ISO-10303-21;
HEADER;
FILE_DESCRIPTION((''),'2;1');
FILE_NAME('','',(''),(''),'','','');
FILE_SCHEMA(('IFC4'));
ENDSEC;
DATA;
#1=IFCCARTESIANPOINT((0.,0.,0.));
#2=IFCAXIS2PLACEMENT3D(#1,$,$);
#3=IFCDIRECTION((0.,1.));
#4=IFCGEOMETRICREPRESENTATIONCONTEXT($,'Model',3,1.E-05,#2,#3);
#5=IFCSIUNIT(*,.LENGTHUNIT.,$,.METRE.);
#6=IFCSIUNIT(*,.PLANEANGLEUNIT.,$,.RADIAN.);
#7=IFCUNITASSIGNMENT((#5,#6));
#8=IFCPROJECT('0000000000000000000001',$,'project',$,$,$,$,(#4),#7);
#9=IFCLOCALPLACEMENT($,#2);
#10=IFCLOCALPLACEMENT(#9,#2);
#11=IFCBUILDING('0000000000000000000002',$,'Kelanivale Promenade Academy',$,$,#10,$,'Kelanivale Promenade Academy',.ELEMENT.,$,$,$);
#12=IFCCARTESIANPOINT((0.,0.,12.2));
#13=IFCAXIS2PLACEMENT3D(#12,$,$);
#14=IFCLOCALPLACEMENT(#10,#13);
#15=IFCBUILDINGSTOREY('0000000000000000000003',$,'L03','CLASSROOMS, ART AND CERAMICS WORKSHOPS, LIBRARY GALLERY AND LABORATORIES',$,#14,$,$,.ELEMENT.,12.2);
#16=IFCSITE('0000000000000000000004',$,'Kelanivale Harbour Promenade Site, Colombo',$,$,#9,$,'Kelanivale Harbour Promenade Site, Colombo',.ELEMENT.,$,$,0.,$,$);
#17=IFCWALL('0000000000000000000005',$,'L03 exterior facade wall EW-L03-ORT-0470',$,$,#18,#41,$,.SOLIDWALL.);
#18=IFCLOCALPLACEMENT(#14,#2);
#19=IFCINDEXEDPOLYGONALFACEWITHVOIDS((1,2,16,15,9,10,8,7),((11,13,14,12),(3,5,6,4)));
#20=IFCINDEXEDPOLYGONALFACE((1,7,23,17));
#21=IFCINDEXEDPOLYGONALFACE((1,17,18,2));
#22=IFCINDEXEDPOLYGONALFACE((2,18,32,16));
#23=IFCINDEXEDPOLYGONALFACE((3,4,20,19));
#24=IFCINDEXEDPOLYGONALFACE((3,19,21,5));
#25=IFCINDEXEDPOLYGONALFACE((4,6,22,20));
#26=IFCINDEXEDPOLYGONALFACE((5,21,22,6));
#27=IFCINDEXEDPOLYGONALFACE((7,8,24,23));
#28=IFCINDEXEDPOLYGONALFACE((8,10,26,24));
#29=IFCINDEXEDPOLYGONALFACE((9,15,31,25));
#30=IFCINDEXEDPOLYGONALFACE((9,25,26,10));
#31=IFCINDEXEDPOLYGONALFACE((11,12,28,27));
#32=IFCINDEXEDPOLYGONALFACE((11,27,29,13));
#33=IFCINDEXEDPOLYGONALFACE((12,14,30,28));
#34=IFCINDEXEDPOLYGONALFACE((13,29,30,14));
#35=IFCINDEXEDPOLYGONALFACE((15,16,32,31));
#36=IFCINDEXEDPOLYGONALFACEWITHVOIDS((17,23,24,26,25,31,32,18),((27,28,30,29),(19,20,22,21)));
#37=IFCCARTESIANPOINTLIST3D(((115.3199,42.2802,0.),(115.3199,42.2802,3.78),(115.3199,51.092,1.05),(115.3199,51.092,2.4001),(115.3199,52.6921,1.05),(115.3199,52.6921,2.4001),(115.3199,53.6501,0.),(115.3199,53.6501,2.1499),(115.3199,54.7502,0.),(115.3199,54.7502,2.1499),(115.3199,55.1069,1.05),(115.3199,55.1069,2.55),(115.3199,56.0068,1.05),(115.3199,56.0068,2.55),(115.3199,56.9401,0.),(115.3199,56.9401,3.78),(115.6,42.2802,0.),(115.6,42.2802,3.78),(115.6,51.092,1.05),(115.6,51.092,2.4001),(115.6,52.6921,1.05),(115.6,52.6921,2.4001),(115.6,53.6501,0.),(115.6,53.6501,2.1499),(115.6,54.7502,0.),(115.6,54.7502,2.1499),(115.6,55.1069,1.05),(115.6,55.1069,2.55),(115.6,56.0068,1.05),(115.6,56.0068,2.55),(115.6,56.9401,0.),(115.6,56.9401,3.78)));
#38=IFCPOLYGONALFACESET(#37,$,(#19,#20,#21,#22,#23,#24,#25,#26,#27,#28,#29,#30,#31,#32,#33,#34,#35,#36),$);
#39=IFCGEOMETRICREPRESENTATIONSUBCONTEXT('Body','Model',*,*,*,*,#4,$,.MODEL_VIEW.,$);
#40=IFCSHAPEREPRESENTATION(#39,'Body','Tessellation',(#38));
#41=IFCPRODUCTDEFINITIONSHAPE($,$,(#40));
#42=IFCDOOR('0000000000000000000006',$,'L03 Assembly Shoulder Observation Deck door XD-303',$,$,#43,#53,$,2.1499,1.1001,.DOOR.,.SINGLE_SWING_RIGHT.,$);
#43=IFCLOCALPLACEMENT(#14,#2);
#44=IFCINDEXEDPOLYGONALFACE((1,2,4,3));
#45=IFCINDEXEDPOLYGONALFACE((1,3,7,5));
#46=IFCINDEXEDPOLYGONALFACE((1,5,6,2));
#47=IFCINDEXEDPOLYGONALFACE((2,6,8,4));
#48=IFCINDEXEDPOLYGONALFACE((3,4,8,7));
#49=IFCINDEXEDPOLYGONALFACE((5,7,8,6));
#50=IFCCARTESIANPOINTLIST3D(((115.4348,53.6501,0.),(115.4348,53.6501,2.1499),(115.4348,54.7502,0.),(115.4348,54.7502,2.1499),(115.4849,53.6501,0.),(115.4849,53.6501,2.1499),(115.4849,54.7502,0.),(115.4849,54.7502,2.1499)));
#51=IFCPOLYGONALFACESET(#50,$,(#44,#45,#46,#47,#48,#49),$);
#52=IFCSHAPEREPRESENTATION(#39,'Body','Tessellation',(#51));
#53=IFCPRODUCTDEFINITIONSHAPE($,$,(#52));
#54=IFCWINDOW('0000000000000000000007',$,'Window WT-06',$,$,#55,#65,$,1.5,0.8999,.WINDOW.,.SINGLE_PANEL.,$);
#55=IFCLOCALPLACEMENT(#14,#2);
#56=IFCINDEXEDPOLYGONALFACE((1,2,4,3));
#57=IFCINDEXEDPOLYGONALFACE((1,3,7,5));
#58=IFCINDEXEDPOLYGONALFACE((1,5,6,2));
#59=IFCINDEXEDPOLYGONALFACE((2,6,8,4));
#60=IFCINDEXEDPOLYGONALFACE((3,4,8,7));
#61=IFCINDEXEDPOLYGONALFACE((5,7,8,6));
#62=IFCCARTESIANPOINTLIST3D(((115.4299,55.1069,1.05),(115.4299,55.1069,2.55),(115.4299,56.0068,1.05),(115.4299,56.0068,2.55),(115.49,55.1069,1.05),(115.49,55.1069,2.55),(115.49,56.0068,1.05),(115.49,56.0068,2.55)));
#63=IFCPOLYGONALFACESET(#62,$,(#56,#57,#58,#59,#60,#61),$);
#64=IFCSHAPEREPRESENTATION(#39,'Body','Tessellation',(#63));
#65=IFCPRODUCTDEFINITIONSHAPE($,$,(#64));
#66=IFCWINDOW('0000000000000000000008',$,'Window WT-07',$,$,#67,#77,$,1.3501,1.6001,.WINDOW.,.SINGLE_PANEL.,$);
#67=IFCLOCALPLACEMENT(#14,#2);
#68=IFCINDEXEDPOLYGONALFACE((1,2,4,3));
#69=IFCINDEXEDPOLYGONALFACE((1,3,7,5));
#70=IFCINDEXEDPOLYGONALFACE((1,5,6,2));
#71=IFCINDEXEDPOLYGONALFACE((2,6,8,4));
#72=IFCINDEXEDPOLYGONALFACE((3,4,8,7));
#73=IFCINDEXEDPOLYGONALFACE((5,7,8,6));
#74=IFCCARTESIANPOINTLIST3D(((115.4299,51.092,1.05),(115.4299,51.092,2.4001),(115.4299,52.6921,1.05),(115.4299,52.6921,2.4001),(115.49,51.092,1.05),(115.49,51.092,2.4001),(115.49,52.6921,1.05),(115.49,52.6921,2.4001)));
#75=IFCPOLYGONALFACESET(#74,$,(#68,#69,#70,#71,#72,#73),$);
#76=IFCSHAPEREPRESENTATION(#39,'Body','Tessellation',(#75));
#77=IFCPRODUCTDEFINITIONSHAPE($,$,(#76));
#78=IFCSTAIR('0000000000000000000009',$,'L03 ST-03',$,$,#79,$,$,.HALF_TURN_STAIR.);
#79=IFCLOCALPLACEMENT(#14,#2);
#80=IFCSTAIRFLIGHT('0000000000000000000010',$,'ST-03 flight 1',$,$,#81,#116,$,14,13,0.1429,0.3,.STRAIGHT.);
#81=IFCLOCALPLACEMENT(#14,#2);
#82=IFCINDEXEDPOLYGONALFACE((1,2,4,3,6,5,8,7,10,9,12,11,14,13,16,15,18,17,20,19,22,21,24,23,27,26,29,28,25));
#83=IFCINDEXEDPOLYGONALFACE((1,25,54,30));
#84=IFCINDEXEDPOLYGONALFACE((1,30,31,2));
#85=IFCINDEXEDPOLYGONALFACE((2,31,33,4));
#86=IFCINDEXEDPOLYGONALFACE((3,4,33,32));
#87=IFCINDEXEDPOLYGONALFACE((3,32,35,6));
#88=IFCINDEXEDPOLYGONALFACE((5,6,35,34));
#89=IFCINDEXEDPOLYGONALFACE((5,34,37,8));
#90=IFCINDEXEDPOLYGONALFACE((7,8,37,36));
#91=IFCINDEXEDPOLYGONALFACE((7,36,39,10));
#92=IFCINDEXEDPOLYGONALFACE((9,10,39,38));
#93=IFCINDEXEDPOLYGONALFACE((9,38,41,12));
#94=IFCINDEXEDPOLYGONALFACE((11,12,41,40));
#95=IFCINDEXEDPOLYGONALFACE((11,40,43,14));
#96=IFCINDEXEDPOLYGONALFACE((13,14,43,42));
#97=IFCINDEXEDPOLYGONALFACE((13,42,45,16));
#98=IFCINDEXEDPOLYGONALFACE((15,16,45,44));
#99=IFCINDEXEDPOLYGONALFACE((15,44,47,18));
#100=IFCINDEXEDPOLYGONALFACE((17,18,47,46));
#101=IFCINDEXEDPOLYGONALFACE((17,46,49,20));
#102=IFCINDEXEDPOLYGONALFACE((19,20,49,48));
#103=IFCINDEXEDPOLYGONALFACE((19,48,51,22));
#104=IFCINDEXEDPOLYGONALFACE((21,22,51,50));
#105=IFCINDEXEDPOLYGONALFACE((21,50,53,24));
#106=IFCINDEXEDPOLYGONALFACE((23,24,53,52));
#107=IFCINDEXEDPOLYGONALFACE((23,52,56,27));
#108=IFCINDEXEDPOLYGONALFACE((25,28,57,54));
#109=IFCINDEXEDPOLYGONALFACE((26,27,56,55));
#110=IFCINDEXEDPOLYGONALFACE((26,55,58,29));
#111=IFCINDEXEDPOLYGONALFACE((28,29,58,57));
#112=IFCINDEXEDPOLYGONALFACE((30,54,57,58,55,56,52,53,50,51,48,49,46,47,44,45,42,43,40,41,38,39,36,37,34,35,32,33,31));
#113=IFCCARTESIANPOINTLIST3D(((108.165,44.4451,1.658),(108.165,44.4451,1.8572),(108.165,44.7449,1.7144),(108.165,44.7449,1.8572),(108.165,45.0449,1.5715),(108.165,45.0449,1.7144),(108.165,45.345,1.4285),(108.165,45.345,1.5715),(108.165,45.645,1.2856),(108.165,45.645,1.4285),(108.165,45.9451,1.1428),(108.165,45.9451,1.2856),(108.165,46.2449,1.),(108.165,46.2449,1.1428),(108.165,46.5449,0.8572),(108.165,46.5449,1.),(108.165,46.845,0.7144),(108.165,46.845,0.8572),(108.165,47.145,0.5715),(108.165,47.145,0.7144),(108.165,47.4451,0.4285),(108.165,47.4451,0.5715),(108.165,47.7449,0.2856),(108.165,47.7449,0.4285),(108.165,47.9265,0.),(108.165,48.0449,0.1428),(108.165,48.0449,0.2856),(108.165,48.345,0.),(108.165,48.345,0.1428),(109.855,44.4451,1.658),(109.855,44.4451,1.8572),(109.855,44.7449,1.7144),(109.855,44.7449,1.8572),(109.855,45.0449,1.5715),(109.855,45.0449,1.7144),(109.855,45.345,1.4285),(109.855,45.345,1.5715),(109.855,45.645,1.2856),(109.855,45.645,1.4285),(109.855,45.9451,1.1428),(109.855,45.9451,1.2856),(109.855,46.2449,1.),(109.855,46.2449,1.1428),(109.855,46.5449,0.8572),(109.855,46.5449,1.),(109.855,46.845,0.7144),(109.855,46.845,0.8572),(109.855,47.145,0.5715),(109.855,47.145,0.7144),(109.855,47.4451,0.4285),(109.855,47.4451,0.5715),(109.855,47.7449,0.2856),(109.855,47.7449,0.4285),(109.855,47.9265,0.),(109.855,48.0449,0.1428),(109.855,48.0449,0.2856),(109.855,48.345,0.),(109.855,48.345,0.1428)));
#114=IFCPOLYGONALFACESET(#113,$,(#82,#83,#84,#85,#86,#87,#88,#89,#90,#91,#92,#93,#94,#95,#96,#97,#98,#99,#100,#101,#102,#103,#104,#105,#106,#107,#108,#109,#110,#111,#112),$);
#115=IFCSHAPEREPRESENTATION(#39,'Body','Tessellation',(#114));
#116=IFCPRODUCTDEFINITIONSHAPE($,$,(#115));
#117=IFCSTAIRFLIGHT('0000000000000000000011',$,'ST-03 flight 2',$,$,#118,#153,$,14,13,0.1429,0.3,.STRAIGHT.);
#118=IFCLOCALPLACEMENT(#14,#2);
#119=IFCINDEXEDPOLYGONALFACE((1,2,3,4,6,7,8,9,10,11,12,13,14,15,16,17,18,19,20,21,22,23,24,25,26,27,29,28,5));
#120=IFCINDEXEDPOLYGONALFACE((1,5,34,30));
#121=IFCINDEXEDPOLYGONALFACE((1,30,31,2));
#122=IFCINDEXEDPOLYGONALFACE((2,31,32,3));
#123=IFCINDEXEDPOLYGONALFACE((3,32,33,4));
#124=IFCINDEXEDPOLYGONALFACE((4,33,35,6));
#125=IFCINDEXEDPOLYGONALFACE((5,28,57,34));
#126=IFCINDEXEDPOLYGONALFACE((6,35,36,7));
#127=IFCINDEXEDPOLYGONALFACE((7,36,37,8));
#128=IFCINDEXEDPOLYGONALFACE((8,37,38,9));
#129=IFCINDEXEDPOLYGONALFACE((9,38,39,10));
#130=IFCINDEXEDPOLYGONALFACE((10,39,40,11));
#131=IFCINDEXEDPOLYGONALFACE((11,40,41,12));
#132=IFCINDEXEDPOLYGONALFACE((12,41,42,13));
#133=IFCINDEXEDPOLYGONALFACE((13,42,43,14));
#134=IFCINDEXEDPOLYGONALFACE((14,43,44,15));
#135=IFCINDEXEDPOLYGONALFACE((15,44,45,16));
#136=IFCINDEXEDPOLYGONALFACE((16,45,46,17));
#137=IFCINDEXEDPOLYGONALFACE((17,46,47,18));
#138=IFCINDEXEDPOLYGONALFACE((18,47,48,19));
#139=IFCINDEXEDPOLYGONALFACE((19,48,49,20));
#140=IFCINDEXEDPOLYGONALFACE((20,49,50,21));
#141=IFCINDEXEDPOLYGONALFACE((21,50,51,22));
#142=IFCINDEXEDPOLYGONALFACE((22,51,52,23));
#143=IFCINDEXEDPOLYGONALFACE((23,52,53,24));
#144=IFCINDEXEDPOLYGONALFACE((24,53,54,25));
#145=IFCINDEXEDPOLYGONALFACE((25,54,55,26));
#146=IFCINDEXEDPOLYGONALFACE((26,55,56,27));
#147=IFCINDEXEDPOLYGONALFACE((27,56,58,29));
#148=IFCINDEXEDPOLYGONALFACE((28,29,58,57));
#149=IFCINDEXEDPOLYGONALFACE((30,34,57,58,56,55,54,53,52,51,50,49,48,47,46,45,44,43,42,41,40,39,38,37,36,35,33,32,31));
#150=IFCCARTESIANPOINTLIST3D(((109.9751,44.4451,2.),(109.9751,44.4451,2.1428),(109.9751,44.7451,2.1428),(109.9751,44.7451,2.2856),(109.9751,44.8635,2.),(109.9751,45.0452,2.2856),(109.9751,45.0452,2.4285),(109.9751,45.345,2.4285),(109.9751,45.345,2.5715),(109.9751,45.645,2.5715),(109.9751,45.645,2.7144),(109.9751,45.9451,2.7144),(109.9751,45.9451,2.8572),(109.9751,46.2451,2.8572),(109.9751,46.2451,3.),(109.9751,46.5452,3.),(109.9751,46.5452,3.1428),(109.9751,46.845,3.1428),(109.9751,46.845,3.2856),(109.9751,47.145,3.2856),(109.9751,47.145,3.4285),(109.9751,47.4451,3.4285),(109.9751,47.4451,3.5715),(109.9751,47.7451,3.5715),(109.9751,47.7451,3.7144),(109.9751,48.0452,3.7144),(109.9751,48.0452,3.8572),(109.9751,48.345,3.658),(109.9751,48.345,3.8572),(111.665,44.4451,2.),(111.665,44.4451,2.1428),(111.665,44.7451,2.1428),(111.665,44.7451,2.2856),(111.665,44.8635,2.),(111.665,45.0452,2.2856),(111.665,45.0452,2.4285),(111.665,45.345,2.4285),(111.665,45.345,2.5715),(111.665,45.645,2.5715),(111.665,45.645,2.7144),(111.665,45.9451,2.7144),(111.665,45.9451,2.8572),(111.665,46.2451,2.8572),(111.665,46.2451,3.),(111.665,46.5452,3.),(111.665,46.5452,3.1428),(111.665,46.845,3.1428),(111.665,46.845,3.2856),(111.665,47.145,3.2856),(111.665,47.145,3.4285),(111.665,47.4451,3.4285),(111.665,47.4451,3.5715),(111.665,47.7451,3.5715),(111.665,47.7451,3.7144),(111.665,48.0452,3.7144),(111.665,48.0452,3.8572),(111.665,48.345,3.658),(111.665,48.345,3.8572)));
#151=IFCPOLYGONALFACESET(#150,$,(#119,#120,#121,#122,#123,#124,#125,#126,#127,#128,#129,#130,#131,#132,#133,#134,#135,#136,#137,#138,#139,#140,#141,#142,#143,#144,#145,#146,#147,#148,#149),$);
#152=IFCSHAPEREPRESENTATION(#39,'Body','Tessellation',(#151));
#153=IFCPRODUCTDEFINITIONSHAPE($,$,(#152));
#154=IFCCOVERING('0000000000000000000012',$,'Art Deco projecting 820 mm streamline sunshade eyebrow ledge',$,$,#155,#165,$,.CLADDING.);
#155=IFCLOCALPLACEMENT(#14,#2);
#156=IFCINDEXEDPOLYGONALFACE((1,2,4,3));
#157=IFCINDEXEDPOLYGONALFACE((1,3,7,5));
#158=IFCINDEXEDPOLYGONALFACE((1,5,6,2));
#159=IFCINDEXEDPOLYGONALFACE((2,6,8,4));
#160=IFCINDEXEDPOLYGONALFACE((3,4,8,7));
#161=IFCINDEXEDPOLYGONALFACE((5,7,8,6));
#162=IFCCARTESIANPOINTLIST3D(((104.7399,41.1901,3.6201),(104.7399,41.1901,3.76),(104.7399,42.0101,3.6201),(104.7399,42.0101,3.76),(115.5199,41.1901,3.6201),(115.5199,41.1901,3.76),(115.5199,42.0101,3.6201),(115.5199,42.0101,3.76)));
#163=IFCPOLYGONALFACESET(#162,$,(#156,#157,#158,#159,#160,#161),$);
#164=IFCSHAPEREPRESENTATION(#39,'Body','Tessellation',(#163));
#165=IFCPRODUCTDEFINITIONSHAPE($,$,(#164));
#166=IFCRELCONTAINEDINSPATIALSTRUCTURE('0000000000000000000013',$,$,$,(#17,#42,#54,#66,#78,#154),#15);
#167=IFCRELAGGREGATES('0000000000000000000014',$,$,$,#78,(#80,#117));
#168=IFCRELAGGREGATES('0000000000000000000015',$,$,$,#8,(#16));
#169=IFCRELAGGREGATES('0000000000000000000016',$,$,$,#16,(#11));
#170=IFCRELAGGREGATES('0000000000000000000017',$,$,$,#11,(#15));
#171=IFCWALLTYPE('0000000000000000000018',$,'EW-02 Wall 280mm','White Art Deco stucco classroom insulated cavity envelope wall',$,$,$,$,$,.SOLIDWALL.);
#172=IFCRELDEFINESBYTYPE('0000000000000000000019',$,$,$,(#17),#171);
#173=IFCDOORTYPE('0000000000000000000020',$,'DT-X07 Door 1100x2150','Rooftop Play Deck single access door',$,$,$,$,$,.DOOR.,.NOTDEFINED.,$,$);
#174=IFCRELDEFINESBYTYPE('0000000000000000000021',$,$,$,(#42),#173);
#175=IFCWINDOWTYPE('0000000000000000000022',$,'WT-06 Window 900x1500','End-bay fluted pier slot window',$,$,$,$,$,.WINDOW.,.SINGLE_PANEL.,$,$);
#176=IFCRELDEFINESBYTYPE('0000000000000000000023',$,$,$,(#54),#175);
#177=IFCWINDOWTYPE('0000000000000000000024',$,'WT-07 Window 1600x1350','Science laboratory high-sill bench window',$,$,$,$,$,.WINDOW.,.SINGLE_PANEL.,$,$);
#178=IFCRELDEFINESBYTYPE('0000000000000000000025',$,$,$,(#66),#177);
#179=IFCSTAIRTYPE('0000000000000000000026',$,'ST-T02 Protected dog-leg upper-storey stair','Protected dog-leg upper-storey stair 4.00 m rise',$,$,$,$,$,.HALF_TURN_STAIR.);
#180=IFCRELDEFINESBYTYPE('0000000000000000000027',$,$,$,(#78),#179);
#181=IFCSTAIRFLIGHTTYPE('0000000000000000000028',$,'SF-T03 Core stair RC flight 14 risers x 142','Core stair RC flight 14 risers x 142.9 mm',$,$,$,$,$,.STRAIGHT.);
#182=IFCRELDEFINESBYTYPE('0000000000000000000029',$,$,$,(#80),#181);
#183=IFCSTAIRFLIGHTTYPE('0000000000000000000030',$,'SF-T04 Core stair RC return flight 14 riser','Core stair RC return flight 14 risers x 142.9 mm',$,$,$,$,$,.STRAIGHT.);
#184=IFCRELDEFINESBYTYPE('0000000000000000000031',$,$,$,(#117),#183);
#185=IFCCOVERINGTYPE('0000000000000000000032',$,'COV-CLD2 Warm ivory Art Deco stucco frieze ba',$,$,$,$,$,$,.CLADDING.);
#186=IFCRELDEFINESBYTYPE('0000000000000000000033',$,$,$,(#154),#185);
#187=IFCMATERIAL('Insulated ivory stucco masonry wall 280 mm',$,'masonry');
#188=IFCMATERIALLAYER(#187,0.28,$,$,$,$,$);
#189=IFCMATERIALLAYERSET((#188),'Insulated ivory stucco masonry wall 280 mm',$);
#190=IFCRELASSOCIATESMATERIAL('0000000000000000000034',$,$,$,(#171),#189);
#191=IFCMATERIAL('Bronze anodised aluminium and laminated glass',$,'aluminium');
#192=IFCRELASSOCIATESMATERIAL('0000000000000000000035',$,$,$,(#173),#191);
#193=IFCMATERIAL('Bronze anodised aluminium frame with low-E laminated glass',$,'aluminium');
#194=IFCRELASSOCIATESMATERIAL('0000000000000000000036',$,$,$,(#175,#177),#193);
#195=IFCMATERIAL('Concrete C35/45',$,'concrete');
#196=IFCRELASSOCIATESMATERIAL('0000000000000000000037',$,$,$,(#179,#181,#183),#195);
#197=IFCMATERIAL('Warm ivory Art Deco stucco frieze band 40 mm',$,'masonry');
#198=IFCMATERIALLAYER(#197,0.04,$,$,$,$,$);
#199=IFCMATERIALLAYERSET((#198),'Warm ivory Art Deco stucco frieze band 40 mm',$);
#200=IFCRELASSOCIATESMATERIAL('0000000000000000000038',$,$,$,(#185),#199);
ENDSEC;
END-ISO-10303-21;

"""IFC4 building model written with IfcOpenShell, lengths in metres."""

from ifc_helpers import new_model, si_unit, direction, frame, frame_2d, origin, origin_2d, place, context, subcontext, project, spatial, polyline, rectangle, outline, extrude, material, layer, layer_set, type_object, element, fill, aggregate, save


model = new_model("IFC4")

# Units and contexts
model_context = context("Model", 3, precision=1e-05, world=origin(), true_north=direction((0.0, 1.0)))
body_context = subcontext(model_context, "Body", "Model", "MODEL_VIEW")
ifc_project = project(units=[si_unit("LENGTHUNIT", "METRE"), si_unit("PLANEANGLEUNIT", "RADIAN")], contexts=[model_context])

# Site, building, storey
site_placement = place(None, origin())
site = spatial("IfcSite", under=ifc_project, at=site_placement, Name="Kelanivale Harbour Promenade Site, Colombo", LongName="Kelanivale Harbour Promenade Site, Colombo", CompositionType="ELEMENT", RefElevation=0.0)
building_placement = place(site_placement, origin())
building = spatial("IfcBuilding", under=site, at=building_placement, Name="Kelanivale Promenade Academy", LongName="Kelanivale Promenade Academy", CompositionType="ELEMENT")
storey_placement = place(building_placement, frame((0.0, 0.0, 12.2)))
storey = spatial("IfcBuildingStorey", under=building, at=storey_placement, Name="L03", Description="CLASSROOMS, ART AND CERAMICS WORKSHOPS, LIBRARY GALLERY AND LABORATORIES", CompositionType="ELEMENT", Elevation=12.2)

# Shared definitions
ifc_material_1 = material(Name="Concrete C35/45", Category="concrete")

# Wall, openings, door, windows
ifc_material_2 = material(Name="Insulated ivory stucco masonry wall 280 mm", Category="masonry")
ifc_layer_1 = layer(ifc_material_2, 0.28)
ifc_layer_set_1 = layer_set([ifc_layer_1], Name="Insulated ivory stucco masonry wall 280 mm")
wall_type_1 = type_object("IfcWallType", Name="EW-02 Wall 280mm", Description="White Art Deco stucco classroom insulated cavity envelope wall", PredefinedType="SOLIDWALL", material=ifc_layer_set_1)
wall_1_placement = place(storey_placement, frame((115.46, 42.28, 0.0), z_axis=(0.0, 0.0, 1.0), x_axis=(0.0, 1.0, 0.0)))
wall_1 = element("IfcWall", 1, at=wall_1_placement, inside=storey, type_object=wall_type_1, Name="L03 exterior facade wall EW-L03-ORT-0470", PredefinedType="SOLIDWALL", context=body_context, shape_type="SweptSolid", body=[
    extrude(rectangle(XDim=14.6599, YDim=0.28, at=frame_2d((7.3301, 0.0))), origin(), (0.0, 0.0, 1.0), 3.78),
])
opening_1_placement = place(wall_1_placement, frame((11.3701, 0.0, 0.0)))
opening_1 = element("IfcOpeningElement", 2, at=opening_1_placement, cuts=wall_1, PredefinedType="OPENING", context=body_context, shape_type="SweptSolid", body=[
    extrude(rectangle(XDim=1.1001, YDim=2.1499, at=frame_2d((0.55, 1.075))), frame((0.0, 0.1499, 0.0), z_axis=(0.0, -1.0, 0.0), x_axis=(1.0, 0.0, 0.0)), (0.0, 0.0, 1.0), 0.3),
])
opening_2_placement = place(wall_1_placement, frame((8.812, 0.0, 1.05)))
opening_2 = element("IfcOpeningElement", 3, at=opening_2_placement, cuts=wall_1, PredefinedType="OPENING", context=body_context, shape_type="SweptSolid", body=[
    extrude(rectangle(XDim=1.6001, YDim=1.3501, at=frame_2d((0.8, 0.675))), frame((0.0, 0.1499, 0.0), z_axis=(0.0, -1.0, 0.0), x_axis=(1.0, 0.0, 0.0)), (0.0, 0.0, 1.0), 0.3),
])
opening_3_placement = place(wall_1_placement, frame((12.8269, 0.0, 1.05)))
opening_3 = element("IfcOpeningElement", 4, at=opening_3_placement, cuts=wall_1, PredefinedType="OPENING", context=body_context, shape_type="SweptSolid", body=[
    extrude(rectangle(XDim=0.8999, YDim=1.5, at=frame_2d((0.45, 0.75))), frame((0.0, 0.1499, 0.0), z_axis=(0.0, -1.0, 0.0), x_axis=(1.0, 0.0, 0.0)), (0.0, 0.0, 1.0), 0.3),
])
ifc_material_3 = material(Name="Bronze anodised aluminium and laminated glass", Category="aluminium")
door_type_1 = type_object("IfcDoorType", Name="DT-X07 Door 1100x2150", Description="Rooftop Play Deck single access door", OperationType="NOTDEFINED", PredefinedType="DOOR", material=ifc_material_3)
door_1_placement = place(opening_1_placement, frame((1.1001, 0.0, 0.0), z_axis=(0.0, 0.0, 1.0), x_axis=(-1.0, 0.0, 0.0)))
door_1 = element("IfcDoor", 5, at=door_1_placement, inside=storey, type_object=door_type_1, Name="L03 Assembly Shoulder Observation Deck door XD-303", OperationType="SINGLE_SWING_RIGHT", OverallHeight=2.1499, OverallWidth=1.1001, PredefinedType="DOOR", context=body_context, shape_type="SweptSolid", body=[
    extrude(rectangle(XDim=1.1001, YDim=2.1499, at=frame_2d((0.55, 1.075))), frame((0.0, 0.0249, 0.0), z_axis=(0.0, -1.0, 0.0), x_axis=(1.0, 0.0, 0.0)), (0.0, 0.0, 1.0), 0.05),
])
fill(opening_1, door_1)
ifc_material_4 = material(Name="Bronze anodised aluminium frame with low-E laminated glass", Category="aluminium")
window_type_1 = type_object("IfcWindowType", Name="WT-06 Window 900x1500", Description="End-bay fluted pier slot window", PartitioningType="SINGLE_PANEL", PredefinedType="WINDOW", material=ifc_material_4)
window_1_placement = place(opening_3_placement, origin())
window_1 = element("IfcWindow", 6, at=window_1_placement, inside=storey, type_object=window_type_1, Name="Window WT-06", OverallHeight=1.5, OverallWidth=0.8999, PartitioningType="SINGLE_PANEL", PredefinedType="WINDOW", context=body_context, shape_type="SweptSolid", body=[
    extrude(rectangle(XDim=0.8999, YDim=1.5, at=frame_2d((0.45, 0.75))), frame((0.0, 0.03, 0.0), z_axis=(0.0, -1.0, 0.0), x_axis=(1.0, 0.0, 0.0)), (0.0, 0.0, 1.0), 0.0601),
])
fill(opening_3, window_1)
window_type_2 = type_object("IfcWindowType", Name="WT-07 Window 1600x1350", Description="Science laboratory high-sill bench window", PartitioningType="SINGLE_PANEL", PredefinedType="WINDOW", material=ifc_material_4)
window_2_placement = place(opening_2_placement, origin())
window_2 = element("IfcWindow", 7, at=window_2_placement, inside=storey, type_object=window_type_2, Name="Window WT-07", OverallHeight=1.3501, OverallWidth=1.6001, PartitioningType="SINGLE_PANEL", PredefinedType="WINDOW", context=body_context, shape_type="SweptSolid", body=[
    extrude(rectangle(XDim=1.6001, YDim=1.3501, at=frame_2d((0.8, 0.675))), frame((0.0, 0.03, 0.0), z_axis=(0.0, -1.0, 0.0), x_axis=(1.0, 0.0, 0.0)), (0.0, 0.0, 1.0), 0.0601),
])
fill(opening_2, window_2)

# Stair, stair flights
stair_type = type_object("IfcStairType", Name="ST-T02 Protected dog-leg upper-storey stair", Description="Protected dog-leg upper-storey stair 4.00 m rise", PredefinedType="HALF_TURN_STAIR", material=ifc_material_1)
stair_placement = place(storey_placement, origin())
stair = element("IfcStair", 8, at=stair_placement, inside=storey, type_object=stair_type, Name="L03 ST-03", PredefinedType="HALF_TURN_STAIR")
stair_flight_type_1 = type_object("IfcStairFlightType", Name="SF-T03 Core stair RC flight 14 risers x 142", Description="Core stair RC flight 14 risers x 142.9 mm", PredefinedType="STRAIGHT", material=ifc_material_1)
stair_flight_1_placement = place(storey_placement, frame((109.01, 48.345, 0.0), z_axis=(0.0, 0.0, 1.0), x_axis=(0.0, -1.0, 0.0)))
stair_flight_1 = element("IfcStairFlight", 9, at=stair_flight_1_placement, type_object=stair_flight_type_1, Name="ST-03 flight 1", NumberOfRisers=14, NumberOfTreads=13, PredefinedType="STRAIGHT", RiserHeight=0.1429, TreadLength=0.3, context=body_context, shape_type="SweptSolid", body=[
    extrude(outline(polyline([(0.0, 0.0), (0.0, 0.1428), (0.3, 0.1428), (0.3, 0.2856), (0.6001, 0.2856), (0.6001, 0.4285), (0.8999, 0.4285), (0.8999, 0.5715), (1.2, 0.5715), (1.2, 0.7144), (1.5, 0.7144), (1.5, 0.8572), (1.8, 0.8572), (1.8, 1.0), (2.1001, 1.0), (2.1001, 1.1428), (2.3999, 1.1428), (2.3999, 1.2856), (2.7, 1.2856), (2.7, 1.4285), (3.0, 1.4285), (3.0, 1.5715), (3.3, 1.5715), (3.3, 1.7144), (3.6001, 1.7144), (3.6001, 1.8572), (3.8999, 1.8572), (3.8999, 2.0), (3.8999, 1.658), (0.4185, 0.0), (0.0, 0.0)])), frame((0.0, 0.845, 0.0), z_axis=(0.0, -1.0, 0.0), x_axis=(1.0, 0.0, 0.0)), (0.0, 0.0, 1.0), 1.6899),
])
stair_flight_type_2 = type_object("IfcStairFlightType", Name="SF-T04 Core stair RC return flight 14 riser", Description="Core stair RC return flight 14 risers x 142.9 mm", PredefinedType="STRAIGHT", material=ifc_material_1)
stair_flight_2_placement = place(storey_placement, frame((110.8201, 44.4451, 2.0), z_axis=(0.0, 0.0, 1.0), x_axis=(0.0, 1.0, 0.0)))
stair_flight_2 = element("IfcStairFlight", 10, at=stair_flight_2_placement, type_object=stair_flight_type_2, Name="ST-03 flight 2", NumberOfRisers=14, NumberOfTreads=13, PredefinedType="STRAIGHT", RiserHeight=0.1429, TreadLength=0.3, context=body_context, shape_type="SweptSolid", body=[
    extrude(outline(polyline([(0.0, 0.0), (0.0, 0.1428), (0.3, 0.1428), (0.3, 0.2856), (0.6001, 0.2856), (0.6001, 0.4285), (0.8999, 0.4285), (0.8999, 0.5715), (1.2, 0.5715), (1.2, 0.7144), (1.5, 0.7144), (1.5, 0.8572), (1.8, 0.8572), (1.8, 1.0), (2.1001, 1.0), (2.1001, 1.1428), (2.3999, 1.1428), (2.3999, 1.2856), (2.7, 1.2856), (2.7, 1.4285), (3.0, 1.4285), (3.0, 1.5715), (3.3, 1.5715), (3.3, 1.7144), (3.6001, 1.7144), (3.6001, 1.8572), (3.8999, 1.8572), (3.8999, 2.0), (3.8999, 1.658), (0.4185, 0.0), (0.0, 0.0)])), frame((0.0, 0.845, 0.0), z_axis=(0.0, -1.0, 0.0), x_axis=(1.0, 0.0, 0.0)), (0.0, 0.0, 1.0), 1.6899),
])
aggregate(stair, [stair_flight_1, stair_flight_2])

# Covering
ifc_material_5 = material(Name="Warm ivory Art Deco stucco frieze band 40 mm", Category="masonry")
ifc_layer_2 = layer(ifc_material_5, 0.04)
ifc_layer_set_2 = layer_set([ifc_layer_2], Name="Warm ivory Art Deco stucco frieze band 40 mm")
covering_type = type_object("IfcCoveringType", Name="COV-CLD2 Warm ivory Art Deco stucco frieze ba", PredefinedType="CLADDING", material=ifc_layer_set_2)
covering_1_placement = place(storey_placement, frame((110.1299, 41.6001, 3.6201), z_axis=(0.0, 0.0, 1.0), x_axis=(1.0, 0.0, 0.0)))
element("IfcCovering", 11, at=covering_1_placement, inside=storey, type_object=covering_type, Name="Art Deco projecting 820 mm streamline sunshade eyebrow ledge", PredefinedType="CLADDING", context=body_context, shape_type="SweptSolid", body=[
    extrude(rectangle(XDim=10.78, YDim=0.8201, at=origin_2d()), origin(), (0.0, 0.0, 1.0), 0.1399),
])

save(model, "model.ifc")
